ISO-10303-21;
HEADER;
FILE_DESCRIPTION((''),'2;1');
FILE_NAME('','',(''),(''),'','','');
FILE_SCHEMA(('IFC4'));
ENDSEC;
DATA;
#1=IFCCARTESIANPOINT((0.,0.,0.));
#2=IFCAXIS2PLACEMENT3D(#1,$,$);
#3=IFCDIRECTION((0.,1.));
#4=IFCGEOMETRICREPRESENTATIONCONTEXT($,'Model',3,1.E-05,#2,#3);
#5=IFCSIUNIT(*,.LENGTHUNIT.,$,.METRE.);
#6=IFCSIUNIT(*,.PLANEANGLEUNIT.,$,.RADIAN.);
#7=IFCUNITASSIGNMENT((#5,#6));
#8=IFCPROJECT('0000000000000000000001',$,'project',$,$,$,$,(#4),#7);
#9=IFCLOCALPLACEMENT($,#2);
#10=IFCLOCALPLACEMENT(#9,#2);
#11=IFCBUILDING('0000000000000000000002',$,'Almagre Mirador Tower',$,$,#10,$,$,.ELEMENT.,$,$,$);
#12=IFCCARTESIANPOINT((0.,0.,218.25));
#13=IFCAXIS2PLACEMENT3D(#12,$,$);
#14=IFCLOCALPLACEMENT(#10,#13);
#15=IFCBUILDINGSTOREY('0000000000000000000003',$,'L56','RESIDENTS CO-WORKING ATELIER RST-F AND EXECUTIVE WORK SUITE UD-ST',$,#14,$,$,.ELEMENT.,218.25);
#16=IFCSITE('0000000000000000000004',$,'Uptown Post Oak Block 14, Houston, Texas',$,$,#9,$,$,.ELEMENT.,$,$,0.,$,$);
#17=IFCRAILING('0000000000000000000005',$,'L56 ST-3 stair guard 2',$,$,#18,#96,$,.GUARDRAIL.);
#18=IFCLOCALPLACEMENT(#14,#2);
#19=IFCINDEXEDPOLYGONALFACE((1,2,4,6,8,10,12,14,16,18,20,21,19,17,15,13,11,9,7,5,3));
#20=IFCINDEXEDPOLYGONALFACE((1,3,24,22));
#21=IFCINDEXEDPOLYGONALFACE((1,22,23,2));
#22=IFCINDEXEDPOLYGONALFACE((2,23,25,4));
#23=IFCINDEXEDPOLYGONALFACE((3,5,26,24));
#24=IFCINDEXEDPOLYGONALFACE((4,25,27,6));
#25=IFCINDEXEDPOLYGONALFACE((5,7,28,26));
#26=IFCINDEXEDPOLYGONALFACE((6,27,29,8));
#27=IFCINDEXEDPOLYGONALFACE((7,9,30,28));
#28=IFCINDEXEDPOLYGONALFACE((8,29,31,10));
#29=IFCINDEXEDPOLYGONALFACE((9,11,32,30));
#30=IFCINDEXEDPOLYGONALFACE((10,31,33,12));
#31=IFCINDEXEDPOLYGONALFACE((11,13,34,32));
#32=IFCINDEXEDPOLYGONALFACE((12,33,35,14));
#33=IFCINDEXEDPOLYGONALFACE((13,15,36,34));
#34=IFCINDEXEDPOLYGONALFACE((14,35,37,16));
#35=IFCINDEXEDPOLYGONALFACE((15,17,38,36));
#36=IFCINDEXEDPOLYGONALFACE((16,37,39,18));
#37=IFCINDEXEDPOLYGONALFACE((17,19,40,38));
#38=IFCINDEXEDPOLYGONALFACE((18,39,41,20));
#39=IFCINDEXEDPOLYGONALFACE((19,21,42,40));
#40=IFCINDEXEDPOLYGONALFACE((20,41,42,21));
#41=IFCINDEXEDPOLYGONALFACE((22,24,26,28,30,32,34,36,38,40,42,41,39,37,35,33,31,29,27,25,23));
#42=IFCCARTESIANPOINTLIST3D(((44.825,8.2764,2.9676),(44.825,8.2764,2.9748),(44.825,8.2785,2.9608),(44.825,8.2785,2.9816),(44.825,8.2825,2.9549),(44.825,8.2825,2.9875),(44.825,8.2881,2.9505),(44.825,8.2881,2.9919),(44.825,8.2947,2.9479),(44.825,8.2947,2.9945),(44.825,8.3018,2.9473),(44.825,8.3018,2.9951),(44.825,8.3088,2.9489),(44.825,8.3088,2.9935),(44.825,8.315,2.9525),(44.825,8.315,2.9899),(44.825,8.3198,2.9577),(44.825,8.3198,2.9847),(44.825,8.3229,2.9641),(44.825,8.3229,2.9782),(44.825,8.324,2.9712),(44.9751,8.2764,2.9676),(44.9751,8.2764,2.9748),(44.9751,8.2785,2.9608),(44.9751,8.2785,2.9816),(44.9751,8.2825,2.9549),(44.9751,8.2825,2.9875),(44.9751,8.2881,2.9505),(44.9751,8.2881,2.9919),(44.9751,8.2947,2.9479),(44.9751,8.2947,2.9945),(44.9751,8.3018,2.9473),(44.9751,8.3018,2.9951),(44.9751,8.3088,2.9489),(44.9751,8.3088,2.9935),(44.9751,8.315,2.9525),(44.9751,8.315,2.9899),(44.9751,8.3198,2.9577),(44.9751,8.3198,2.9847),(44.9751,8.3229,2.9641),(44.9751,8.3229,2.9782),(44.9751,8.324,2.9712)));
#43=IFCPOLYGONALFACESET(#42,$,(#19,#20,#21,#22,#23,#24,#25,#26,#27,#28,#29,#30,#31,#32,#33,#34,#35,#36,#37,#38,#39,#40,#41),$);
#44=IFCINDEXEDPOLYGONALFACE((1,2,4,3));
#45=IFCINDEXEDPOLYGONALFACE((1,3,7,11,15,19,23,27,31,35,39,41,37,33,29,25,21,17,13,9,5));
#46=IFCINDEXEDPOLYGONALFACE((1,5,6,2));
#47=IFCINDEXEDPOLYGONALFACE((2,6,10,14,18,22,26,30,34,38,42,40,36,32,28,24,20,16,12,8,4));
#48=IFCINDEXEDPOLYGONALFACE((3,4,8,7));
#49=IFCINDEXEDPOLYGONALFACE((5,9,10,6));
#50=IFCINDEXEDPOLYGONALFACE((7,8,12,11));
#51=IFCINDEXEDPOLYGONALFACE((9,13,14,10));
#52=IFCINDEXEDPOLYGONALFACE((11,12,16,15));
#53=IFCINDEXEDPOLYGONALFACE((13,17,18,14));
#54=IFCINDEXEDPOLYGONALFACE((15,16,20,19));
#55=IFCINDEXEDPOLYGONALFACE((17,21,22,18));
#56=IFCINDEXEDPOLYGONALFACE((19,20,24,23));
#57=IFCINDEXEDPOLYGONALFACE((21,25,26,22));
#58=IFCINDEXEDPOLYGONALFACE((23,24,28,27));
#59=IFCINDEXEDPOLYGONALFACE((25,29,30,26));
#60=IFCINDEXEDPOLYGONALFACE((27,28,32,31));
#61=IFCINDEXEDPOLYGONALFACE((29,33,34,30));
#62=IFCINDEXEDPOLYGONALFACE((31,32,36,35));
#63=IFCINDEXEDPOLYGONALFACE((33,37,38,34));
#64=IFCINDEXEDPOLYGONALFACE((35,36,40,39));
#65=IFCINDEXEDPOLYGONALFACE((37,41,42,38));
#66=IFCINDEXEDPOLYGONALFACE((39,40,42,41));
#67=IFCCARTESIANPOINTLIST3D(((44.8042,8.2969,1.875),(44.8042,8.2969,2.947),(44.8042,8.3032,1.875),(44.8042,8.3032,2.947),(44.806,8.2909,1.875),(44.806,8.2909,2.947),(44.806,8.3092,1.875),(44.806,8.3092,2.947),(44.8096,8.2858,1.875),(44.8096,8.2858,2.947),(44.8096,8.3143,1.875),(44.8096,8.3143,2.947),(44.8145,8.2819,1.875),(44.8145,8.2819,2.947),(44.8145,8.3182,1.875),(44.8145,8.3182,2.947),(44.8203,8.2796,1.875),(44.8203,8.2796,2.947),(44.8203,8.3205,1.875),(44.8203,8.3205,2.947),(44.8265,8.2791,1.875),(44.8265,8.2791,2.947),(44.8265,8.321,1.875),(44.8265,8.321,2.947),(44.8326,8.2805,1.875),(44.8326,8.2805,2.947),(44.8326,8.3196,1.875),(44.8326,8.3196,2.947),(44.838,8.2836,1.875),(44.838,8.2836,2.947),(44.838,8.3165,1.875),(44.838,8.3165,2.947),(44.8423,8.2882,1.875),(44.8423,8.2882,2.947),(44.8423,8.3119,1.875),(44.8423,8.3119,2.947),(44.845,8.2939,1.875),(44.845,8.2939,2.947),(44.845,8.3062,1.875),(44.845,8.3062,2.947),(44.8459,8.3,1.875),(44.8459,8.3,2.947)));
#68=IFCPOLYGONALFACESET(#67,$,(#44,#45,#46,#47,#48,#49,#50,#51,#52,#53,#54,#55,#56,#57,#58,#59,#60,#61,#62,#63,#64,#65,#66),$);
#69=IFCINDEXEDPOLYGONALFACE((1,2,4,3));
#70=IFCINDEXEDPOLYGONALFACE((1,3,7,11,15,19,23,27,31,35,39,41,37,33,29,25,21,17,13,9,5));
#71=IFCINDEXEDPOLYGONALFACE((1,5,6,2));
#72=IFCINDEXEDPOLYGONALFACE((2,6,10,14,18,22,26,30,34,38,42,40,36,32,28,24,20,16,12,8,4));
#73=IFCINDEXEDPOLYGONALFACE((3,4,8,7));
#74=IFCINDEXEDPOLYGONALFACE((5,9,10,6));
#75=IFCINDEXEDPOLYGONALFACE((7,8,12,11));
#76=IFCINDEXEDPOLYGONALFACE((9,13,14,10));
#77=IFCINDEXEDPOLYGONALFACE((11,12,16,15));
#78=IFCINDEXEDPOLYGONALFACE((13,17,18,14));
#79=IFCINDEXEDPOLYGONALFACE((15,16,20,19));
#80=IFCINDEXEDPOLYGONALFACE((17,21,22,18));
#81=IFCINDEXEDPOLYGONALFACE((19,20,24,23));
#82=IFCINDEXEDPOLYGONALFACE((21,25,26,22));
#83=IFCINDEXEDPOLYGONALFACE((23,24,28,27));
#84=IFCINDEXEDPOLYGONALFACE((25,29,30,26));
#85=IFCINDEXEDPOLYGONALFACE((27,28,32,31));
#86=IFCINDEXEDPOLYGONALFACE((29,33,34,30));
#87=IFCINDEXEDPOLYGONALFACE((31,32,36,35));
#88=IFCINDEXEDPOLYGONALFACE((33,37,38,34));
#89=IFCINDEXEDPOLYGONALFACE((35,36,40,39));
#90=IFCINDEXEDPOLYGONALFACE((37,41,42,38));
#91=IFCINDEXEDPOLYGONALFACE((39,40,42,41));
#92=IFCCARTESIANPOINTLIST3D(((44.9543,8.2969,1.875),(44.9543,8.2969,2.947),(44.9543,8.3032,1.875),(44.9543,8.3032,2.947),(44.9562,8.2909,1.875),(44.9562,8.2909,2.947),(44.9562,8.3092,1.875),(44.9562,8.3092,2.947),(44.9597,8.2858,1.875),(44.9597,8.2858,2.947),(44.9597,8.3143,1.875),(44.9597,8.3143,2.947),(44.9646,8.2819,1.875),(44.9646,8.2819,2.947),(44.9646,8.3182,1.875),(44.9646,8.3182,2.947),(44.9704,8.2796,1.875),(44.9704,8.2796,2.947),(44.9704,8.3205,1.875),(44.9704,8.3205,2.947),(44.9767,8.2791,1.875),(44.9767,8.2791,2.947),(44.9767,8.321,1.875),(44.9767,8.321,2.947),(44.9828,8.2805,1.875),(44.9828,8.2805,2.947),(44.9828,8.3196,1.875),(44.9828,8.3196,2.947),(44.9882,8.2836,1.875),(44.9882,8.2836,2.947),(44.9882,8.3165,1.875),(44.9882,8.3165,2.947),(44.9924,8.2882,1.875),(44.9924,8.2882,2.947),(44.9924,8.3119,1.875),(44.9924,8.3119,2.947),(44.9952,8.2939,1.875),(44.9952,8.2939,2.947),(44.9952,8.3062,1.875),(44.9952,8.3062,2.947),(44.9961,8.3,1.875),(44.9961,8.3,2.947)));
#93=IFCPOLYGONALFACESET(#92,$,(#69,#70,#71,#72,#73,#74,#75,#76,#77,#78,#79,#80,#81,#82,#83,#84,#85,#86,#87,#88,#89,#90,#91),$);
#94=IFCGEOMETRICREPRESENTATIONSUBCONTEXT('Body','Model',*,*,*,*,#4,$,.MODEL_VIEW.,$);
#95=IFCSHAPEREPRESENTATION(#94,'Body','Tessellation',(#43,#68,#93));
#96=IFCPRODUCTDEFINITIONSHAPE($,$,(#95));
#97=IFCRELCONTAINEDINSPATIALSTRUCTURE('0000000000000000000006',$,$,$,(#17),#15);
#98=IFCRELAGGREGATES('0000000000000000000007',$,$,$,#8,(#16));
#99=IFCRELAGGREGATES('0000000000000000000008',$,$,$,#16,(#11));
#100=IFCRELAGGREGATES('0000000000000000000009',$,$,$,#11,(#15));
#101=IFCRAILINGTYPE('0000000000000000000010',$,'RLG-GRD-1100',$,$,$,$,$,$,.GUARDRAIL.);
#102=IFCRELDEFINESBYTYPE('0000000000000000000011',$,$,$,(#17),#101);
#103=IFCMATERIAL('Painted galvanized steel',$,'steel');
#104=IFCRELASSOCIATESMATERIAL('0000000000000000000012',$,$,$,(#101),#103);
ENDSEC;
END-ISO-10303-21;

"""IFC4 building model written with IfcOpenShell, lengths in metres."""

from ifc_helpers import new_model, si_unit, direction, frame, origin, origin_2d, place, context, subcontext, project, spatial, circle, extrude, material, type_object, element, save


model = new_model("IFC4")

# Units and contexts
model_context = context("Model", 3, precision=1e-05, world=origin(), true_north=direction((0.0, 1.0)))
body_context = subcontext(model_context, "Body", "Model", "MODEL_VIEW")
ifc_project = project(units=[si_unit("LENGTHUNIT", "METRE"), si_unit("PLANEANGLEUNIT", "RADIAN")], contexts=[model_context])

# Site, building, storey
site_placement = place(None, origin())
site = spatial("IfcSite", under=ifc_project, at=site_placement, Name="Uptown Post Oak Block 14, Houston, Texas", CompositionType="ELEMENT", RefElevation=0.0)
building_placement = place(site_placement, origin())
building = spatial("IfcBuilding", under=site, at=building_placement, Name="Almagre Mirador Tower", CompositionType="ELEMENT")
storey_placement = place(building_placement, frame((0.0, 0.0, 218.25)))
storey = spatial("IfcBuildingStorey", under=building, at=storey_placement, Name="L56", Description="RESIDENTS CO-WORKING ATELIER RST-F AND EXECUTIVE WORK SUITE UD-ST", CompositionType="ELEMENT", Elevation=218.25)

# Railing
ifc_material_1 = material(Name="Painted galvanized steel", Category="steel")
railing_type_1 = type_object("IfcRailingType", Name="RLG-GRD-1100", PredefinedType="GUARDRAIL", material=ifc_material_1)
railing_1_placement = place(storey_placement, frame((44.825, 8.3, 1.875)))
element("IfcRailing", 1, at=railing_1_placement, inside=storey, type_object=railing_type_1, Name="L56 ST-3 stair guard 2", PredefinedType="GUARDRAIL", context=body_context, shape_type="SweptSolid", body=[
    extrude(circle(Radius=0.0239, at=origin_2d()), frame((0.0, 0.0, 1.0962), z_axis=(1.0, 0.0, 0.0), x_axis=(0.0, 1.0, 0.0)), (0.0, 0.0, 1.0), 0.1501),
    extrude(circle(Radius=0.021, at=origin_2d()), origin(), (0.0, 0.0, 1.0), 1.072),
    extrude(circle(Radius=0.021, at=origin_2d()), frame((0.1501, 0.0, 0.0)), (0.0, 0.0, 1.0), 1.072),
])

save(model, "model.ifc")
